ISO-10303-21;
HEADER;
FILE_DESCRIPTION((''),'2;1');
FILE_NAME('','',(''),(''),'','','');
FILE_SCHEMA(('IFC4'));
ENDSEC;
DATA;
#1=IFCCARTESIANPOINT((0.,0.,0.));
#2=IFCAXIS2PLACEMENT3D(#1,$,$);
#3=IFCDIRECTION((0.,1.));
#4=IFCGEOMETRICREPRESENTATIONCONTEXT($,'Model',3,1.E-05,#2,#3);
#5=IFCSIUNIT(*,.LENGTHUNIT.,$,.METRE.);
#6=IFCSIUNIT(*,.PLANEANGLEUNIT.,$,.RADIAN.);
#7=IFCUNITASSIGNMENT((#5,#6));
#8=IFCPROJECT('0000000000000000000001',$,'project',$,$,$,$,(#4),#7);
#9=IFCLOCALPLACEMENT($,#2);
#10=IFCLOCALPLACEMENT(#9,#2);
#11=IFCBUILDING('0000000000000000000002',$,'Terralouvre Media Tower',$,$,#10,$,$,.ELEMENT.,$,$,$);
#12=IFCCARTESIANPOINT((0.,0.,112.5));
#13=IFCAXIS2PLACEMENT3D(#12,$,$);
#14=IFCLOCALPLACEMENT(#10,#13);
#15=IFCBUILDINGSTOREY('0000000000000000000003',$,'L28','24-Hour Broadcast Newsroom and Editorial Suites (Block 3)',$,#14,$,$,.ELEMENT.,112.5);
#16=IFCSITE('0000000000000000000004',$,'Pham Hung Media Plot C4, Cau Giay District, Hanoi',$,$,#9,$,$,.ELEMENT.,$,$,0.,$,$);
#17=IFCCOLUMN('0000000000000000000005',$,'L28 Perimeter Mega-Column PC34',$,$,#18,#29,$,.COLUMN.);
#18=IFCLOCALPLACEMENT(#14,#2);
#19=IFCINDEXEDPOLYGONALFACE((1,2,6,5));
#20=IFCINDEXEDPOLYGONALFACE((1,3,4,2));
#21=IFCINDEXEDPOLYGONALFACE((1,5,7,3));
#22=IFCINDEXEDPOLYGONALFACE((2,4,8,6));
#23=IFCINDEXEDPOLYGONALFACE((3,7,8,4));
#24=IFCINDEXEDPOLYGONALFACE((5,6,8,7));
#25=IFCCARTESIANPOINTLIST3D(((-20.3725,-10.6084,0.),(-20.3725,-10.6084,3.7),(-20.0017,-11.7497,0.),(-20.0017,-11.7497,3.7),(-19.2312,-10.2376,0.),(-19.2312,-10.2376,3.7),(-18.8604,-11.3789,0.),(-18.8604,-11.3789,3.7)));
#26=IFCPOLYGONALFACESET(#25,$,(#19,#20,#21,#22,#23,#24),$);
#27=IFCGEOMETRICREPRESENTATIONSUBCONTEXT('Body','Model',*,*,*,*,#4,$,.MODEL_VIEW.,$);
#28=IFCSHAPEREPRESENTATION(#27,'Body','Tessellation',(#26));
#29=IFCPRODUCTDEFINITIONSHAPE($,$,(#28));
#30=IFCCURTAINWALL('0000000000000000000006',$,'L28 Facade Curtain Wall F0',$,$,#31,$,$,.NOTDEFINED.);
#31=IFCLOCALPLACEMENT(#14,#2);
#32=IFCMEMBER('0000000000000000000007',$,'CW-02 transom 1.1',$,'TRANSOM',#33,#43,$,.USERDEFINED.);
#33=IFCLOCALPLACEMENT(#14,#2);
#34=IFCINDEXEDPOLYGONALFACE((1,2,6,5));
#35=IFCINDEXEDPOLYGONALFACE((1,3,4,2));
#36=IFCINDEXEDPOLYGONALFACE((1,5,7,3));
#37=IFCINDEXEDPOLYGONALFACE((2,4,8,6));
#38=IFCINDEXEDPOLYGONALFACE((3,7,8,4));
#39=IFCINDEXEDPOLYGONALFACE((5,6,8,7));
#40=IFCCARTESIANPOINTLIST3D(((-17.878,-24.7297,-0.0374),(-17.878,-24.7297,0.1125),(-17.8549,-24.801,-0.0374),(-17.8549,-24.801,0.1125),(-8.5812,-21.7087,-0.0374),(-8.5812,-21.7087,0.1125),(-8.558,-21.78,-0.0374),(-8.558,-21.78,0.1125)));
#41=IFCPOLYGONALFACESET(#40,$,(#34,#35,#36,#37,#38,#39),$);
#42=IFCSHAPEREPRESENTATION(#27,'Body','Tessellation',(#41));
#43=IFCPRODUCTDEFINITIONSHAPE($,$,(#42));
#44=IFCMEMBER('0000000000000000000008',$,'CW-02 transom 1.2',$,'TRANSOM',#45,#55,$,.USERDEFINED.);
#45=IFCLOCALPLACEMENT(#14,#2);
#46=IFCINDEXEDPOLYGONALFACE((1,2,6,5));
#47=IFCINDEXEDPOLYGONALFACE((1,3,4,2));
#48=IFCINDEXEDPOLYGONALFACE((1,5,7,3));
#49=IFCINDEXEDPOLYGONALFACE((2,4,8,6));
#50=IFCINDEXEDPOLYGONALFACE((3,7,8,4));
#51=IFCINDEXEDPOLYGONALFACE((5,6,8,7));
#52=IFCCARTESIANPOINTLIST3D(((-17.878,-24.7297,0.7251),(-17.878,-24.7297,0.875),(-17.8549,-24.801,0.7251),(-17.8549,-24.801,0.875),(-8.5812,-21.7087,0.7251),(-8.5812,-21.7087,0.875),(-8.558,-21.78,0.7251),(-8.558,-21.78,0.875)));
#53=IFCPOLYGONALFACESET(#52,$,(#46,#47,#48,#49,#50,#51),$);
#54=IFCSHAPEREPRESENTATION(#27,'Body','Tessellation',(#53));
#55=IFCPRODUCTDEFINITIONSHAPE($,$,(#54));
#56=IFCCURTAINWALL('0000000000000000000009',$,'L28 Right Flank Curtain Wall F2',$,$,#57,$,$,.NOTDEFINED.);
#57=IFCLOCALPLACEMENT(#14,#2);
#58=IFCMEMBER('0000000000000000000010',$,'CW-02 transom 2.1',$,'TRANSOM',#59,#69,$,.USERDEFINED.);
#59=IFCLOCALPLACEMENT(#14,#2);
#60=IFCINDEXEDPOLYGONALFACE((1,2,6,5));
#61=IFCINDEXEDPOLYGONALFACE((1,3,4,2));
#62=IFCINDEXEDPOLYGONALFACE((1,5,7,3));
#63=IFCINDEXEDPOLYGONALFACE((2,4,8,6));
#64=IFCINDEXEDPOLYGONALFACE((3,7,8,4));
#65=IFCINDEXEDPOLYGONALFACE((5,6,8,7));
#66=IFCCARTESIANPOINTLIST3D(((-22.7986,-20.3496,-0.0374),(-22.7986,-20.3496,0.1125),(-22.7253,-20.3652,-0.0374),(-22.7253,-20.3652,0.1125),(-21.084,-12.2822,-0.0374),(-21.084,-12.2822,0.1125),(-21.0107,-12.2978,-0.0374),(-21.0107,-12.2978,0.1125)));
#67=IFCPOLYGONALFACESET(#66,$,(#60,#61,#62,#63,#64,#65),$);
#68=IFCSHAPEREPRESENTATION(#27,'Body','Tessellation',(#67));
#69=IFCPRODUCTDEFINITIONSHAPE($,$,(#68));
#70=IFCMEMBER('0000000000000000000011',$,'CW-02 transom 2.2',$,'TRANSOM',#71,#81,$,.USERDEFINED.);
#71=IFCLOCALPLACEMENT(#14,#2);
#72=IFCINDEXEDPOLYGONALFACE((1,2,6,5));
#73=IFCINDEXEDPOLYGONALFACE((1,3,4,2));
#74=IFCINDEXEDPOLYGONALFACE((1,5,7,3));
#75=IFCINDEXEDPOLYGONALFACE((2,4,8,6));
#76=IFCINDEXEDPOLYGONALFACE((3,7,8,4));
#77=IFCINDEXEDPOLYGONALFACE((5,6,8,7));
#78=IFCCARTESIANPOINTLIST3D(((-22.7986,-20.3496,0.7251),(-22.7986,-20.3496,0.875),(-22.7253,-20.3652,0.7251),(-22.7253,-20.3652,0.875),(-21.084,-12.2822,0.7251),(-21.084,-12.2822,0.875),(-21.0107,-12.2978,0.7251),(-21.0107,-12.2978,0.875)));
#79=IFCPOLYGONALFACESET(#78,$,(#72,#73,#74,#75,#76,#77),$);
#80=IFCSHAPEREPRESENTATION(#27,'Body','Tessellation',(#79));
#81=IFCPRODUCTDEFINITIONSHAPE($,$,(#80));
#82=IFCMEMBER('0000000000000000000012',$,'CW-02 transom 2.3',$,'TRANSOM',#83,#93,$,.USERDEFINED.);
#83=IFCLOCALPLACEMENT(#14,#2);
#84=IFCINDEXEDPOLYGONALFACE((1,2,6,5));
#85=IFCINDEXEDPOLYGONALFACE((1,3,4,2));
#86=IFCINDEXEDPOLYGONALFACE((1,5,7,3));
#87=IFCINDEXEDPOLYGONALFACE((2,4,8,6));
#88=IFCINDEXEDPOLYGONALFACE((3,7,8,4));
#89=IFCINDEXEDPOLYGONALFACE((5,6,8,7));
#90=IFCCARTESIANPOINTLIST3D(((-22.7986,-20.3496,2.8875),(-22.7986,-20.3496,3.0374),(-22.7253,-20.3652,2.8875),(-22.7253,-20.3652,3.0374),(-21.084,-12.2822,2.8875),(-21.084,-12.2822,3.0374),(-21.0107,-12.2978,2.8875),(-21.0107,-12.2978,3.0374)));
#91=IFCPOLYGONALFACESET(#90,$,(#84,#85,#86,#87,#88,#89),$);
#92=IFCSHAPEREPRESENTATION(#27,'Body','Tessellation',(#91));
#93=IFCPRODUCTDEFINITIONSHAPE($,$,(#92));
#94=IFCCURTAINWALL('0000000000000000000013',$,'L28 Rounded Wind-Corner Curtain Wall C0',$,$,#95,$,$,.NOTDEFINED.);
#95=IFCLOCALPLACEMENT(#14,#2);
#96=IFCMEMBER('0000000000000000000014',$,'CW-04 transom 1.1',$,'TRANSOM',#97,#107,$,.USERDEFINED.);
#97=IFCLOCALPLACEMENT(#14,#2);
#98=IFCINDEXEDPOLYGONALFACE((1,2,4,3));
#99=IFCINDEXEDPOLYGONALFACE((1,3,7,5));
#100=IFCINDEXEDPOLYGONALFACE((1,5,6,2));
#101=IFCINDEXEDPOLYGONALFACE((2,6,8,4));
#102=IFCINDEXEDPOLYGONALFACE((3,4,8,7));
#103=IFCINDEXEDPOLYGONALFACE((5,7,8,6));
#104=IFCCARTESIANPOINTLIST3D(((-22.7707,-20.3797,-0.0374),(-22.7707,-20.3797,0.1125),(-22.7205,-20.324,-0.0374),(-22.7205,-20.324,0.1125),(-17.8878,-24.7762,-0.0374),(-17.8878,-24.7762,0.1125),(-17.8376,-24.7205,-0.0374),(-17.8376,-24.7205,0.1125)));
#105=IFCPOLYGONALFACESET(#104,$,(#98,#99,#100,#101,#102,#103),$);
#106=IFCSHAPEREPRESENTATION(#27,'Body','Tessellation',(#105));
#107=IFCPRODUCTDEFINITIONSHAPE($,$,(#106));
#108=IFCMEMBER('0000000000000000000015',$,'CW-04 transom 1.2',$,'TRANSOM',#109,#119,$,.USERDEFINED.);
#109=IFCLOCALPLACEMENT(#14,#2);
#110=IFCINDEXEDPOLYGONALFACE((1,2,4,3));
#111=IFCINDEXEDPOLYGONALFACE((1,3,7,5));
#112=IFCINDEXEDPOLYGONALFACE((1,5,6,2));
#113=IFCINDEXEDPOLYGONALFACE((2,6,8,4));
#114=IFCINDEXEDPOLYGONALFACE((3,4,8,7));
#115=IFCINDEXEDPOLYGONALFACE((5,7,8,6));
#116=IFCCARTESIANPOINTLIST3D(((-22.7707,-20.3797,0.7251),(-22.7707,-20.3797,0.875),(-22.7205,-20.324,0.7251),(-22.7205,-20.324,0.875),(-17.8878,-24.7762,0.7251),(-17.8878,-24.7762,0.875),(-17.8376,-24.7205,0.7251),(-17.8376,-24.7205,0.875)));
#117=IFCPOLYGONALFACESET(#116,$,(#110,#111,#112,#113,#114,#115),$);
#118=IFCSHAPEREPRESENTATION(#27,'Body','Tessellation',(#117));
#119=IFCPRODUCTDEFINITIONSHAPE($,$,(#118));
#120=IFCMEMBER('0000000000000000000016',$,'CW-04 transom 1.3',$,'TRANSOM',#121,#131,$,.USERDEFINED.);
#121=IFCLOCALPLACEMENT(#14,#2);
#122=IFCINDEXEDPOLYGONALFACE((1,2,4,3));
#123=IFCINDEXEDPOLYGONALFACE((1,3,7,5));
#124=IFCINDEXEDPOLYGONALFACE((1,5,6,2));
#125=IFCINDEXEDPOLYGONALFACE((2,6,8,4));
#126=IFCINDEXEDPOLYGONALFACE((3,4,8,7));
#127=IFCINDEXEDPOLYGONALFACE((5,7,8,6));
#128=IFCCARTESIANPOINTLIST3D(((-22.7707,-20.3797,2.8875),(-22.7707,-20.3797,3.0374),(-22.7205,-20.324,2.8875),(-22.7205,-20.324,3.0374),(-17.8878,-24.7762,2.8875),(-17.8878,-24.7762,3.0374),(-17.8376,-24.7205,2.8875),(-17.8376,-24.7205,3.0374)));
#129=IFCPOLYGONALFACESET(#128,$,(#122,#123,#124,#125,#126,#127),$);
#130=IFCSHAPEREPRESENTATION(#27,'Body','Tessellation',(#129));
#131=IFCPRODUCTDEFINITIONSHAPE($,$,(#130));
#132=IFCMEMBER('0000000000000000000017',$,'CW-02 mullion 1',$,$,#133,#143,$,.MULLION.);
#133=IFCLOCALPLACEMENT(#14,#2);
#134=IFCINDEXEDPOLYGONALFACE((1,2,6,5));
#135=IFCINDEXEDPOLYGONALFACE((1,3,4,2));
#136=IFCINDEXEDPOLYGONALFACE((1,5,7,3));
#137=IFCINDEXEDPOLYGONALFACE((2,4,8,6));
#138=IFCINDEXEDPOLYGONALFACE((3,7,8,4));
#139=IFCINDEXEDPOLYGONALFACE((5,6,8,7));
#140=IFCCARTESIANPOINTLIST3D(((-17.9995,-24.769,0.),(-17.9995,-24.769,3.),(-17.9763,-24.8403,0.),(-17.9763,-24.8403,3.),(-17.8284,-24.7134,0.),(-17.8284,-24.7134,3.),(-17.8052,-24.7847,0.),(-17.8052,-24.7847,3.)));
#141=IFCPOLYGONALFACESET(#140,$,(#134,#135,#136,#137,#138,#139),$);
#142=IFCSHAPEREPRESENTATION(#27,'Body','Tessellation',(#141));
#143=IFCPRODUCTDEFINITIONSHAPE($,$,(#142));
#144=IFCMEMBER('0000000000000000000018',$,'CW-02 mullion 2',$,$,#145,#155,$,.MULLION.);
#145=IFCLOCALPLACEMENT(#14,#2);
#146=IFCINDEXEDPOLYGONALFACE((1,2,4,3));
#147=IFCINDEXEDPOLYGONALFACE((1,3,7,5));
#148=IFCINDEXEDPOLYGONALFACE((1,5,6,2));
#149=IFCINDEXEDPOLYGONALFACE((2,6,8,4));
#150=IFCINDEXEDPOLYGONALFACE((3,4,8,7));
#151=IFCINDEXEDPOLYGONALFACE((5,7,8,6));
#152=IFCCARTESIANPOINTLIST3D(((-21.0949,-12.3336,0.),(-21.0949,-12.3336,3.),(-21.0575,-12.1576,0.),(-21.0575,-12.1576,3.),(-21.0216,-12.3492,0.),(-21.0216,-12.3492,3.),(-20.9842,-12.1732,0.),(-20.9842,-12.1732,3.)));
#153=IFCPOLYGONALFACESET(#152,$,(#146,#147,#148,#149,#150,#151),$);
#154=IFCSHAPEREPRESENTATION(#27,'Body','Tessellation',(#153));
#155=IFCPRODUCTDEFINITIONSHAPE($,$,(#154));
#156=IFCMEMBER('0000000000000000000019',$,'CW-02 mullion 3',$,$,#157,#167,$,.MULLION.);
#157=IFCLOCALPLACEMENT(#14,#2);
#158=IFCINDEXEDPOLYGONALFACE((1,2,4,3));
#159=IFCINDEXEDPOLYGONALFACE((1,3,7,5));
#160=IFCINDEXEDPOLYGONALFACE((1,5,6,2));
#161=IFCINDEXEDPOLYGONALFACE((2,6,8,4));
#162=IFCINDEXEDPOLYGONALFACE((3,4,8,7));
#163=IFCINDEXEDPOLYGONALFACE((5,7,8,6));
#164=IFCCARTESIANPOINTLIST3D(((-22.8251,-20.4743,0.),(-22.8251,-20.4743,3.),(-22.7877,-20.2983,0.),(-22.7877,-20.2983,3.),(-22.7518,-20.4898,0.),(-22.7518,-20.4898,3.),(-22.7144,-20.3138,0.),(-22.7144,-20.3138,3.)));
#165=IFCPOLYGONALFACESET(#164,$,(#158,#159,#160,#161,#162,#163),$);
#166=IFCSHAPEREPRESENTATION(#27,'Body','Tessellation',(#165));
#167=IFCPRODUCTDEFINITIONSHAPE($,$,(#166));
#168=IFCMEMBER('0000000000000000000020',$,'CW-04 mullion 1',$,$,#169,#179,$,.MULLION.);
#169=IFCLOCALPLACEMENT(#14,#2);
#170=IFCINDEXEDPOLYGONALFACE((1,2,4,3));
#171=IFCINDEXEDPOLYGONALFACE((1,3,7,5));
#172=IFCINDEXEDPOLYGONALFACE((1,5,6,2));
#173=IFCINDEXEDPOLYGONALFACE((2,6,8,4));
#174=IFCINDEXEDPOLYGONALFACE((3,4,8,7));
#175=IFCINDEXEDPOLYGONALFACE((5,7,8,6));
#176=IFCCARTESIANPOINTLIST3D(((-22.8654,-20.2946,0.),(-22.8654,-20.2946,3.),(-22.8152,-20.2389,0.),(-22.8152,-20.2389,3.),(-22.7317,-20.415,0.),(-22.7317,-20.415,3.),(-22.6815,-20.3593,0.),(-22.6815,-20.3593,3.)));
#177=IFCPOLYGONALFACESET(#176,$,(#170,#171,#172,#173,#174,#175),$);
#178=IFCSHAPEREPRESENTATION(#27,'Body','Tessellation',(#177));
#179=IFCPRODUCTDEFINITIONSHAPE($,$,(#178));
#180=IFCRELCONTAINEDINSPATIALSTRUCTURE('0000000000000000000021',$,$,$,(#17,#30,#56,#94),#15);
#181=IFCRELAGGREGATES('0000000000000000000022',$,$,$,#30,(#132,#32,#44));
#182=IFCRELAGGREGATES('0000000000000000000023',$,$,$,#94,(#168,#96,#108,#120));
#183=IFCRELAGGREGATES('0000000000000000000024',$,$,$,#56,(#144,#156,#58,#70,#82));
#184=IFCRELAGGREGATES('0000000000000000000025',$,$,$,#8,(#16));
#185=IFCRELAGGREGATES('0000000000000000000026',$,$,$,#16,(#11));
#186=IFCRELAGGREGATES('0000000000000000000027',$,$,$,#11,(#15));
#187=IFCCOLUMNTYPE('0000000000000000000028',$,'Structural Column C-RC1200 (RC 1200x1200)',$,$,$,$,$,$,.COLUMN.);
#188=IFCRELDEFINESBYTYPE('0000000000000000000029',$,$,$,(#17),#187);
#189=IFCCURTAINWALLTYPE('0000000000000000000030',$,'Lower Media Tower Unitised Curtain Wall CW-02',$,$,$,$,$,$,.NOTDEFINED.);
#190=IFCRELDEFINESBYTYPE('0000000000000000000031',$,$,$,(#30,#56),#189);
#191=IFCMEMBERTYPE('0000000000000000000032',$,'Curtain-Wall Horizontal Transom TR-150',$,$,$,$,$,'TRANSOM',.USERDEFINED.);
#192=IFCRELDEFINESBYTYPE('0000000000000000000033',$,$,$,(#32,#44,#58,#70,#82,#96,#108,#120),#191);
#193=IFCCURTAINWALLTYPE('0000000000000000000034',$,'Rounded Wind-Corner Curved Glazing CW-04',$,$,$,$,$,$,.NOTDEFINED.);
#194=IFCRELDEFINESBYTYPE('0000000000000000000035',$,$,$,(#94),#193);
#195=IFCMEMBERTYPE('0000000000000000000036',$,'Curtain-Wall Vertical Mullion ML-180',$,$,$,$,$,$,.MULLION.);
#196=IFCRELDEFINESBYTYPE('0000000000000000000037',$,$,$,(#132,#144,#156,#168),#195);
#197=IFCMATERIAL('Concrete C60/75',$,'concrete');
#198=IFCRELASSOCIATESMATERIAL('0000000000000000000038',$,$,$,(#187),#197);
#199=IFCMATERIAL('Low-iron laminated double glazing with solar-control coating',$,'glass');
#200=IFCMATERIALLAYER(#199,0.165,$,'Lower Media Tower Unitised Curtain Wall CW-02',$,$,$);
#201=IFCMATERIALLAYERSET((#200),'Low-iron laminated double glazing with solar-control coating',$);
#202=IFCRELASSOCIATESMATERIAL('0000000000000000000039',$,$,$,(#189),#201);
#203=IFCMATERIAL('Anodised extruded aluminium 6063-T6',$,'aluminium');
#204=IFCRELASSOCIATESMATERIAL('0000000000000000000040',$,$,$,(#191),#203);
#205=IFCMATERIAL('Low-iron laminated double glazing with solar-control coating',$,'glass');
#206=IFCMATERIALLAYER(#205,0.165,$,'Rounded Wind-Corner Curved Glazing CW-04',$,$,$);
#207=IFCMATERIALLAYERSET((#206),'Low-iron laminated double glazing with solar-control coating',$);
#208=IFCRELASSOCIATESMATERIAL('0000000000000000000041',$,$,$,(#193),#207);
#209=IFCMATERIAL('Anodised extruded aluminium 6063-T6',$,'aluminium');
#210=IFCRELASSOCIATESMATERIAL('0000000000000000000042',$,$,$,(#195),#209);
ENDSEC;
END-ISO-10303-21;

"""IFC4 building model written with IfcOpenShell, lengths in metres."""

from ifc_helpers import new_model, si_unit, direction, frame, origin, origin_2d, place, context, subcontext, project, spatial, rectangle, extrude, material, layer, layer_set, material_profile, profile_set, type_object, element, aggregate, save


model = new_model("IFC4")

# Units and contexts
model_context = context("Model", 3, precision=1e-05, world=origin(), true_north=direction((0.0, 1.0)))
body_context = subcontext(model_context, "Body", "Model", "MODEL_VIEW")
ifc_project = project(units=[si_unit("LENGTHUNIT", "METRE"), si_unit("PLANEANGLEUNIT", "RADIAN")], contexts=[model_context])

# Site, building, storey
site_placement = place(None, origin())
site = spatial("IfcSite", under=ifc_project, at=site_placement, Name="Pham Hung Media Plot C4, Cau Giay District, Hanoi", CompositionType="ELEMENT", RefElevation=0.0)
building_placement = place(site_placement, origin())
building = spatial("IfcBuilding", under=site, at=building_placement, Name="Terralouvre Media Tower", CompositionType="ELEMENT")
storey_placement = place(building_placement, frame((0.0, 0.0, 112.5)))
storey = spatial("IfcBuildingStorey", under=building, at=storey_placement, Name="L28", Description="24-Hour Broadcast Newsroom and Editorial Suites (Block 3)", CompositionType="ELEMENT", Elevation=112.5)

# Column
ifc_material_1 = material(Name="Concrete C60/75", Category="concrete")
ifc_material_profile_1 = material_profile(ifc_material_1, rectangle(XDim=1.2, YDim=1.2, at=origin_2d()), Name="RC 1200x1200")
ifc_profile_set_1 = profile_set([ifc_material_profile_1], Name="Concrete C60/75")
column_type = type_object("IfcColumnType", Name="Structural Column C-RC1200 (RC 1200x1200)", PredefinedType="COLUMN", material=ifc_profile_set_1)
column_placement = place(storey_placement, frame((-19.6165, -10.9937, 0.0), z_axis=(0.0, 0.0, 1.0), x_axis=(0.951057, 0.309017, 0.0)))
element("IfcColumn", 1, at=column_placement, inside=storey, type_object=column_type, Name="L28 Perimeter Mega-Column PC34", PredefinedType="COLUMN", context=body_context, shape_type="SweptSolid", body=[
    extrude(rectangle(XDim=1.2, YDim=1.2, at=origin_2d()), origin(), (0.0, 0.0, 1.0), 3.7),
])

# Curtain walls, members
ifc_material_2 = material(Name="Low-iron laminated double glazing with solar-control coating", Category="glass")
ifc_layer_1 = layer(ifc_material_2, 0.165, Name="Lower Media Tower Unitised Curtain Wall CW-02")
ifc_layer_set_1 = layer_set([ifc_layer_1], Name="Low-iron laminated double glazing with solar-control coating")
curtain_wall_type_1 = type_object("IfcCurtainWallType", Name="Lower Media Tower Unitised Curtain Wall CW-02", PredefinedType="NOTDEFINED", material=ifc_layer_set_1)
curtain_wall_1_placement = place(storey_placement, origin())
curtain_wall_1 = element("IfcCurtainWall", 2, at=curtain_wall_1_placement, inside=storey, type_object=curtain_wall_type_1, Name="L28 Facade Curtain Wall F0", PredefinedType="NOTDEFINED")
ifc_material_3 = material(Name="Anodised extruded aluminium 6063-T6", Category="aluminium")
ifc_material_profile_2 = material_profile(ifc_material_3, rectangle(XDim=0.075, YDim=0.1499, at=origin_2d()), Name="ALU 75x150")
ifc_profile_set_2 = profile_set([ifc_material_profile_2], Name="Anodised extruded aluminium 6063-T6")
member_type_1 = type_object("IfcMemberType", Name="Curtain-Wall Horizontal Transom TR-150", ElementType="TRANSOM", PredefinedType="USERDEFINED", material=ifc_profile_set_2)
member_1_placement = place(storey_placement, frame((-17.8665, -24.7654, 0.0376), z_axis=(0.951049, 0.309041, 0.0), x_axis=(-0.309041, 0.951049, 0.0)))
member_1 = element("IfcMember", 3, at=member_1_placement, type_object=member_type_1, Name="CW-02 transom 1.1", ObjectType="TRANSOM", PredefinedType="USERDEFINED", context=body_context, shape_type="SweptSolid", body=[
    extrude(rectangle(XDim=0.075, YDim=0.1499, at=origin_2d()), origin(), (0.0, 0.0, 1.0), 9.7754),
])
member_2_placement = place(storey_placement, frame((-17.8665, -24.7654, 0.8), z_axis=(0.951049, 0.309041, 0.0), x_axis=(-0.309041, 0.951049, 0.0)))
member_2 = element("IfcMember", 4, at=member_2_placement, type_object=member_type_1, Name="CW-02 transom 1.2", ObjectType="TRANSOM", PredefinedType="USERDEFINED", context=body_context, shape_type="SweptSolid", body=[
    extrude(rectangle(XDim=0.075, YDim=0.1499, at=origin_2d()), origin(), (0.0, 0.0, 1.0), 9.7754),
])
curtain_wall_2_placement = place(storey_placement, origin())
curtain_wall_2 = element("IfcCurtainWall", 5, at=curtain_wall_2_placement, inside=storey, type_object=curtain_wall_type_1, Name="L28 Right Flank Curtain Wall F2", PredefinedType="NOTDEFINED")
member_3_placement = place(storey_placement, frame((-21.0474, -12.29, 0.0376), z_axis=(-0.207891, -0.978152, 0.0), x_axis=(0.978152, -0.207891, 0.0)))
member_3 = element("IfcMember", 6, at=member_3_placement, type_object=member_type_1, Name="CW-02 transom 2.1", ObjectType="TRANSOM", PredefinedType="USERDEFINED", context=body_context, shape_type="SweptSolid", body=[
    extrude(rectangle(XDim=0.075, YDim=0.1499, at=origin_2d()), origin(), (0.0, 0.0, 1.0), 8.2476),
])
member_4_placement = place(storey_placement, frame((-21.0474, -12.29, 0.8), z_axis=(-0.207891, -0.978152, 0.0), x_axis=(0.978152, -0.207891, 0.0)))
member_4 = element("IfcMember", 7, at=member_4_placement, type_object=member_type_1, Name="CW-02 transom 2.2", ObjectType="TRANSOM", PredefinedType="USERDEFINED", context=body_context, shape_type="SweptSolid", body=[
    extrude(rectangle(XDim=0.075, YDim=0.1499, at=origin_2d()), origin(), (0.0, 0.0, 1.0), 8.2476),
])
member_5_placement = place(storey_placement, frame((-21.0474, -12.29, 2.9624), z_axis=(-0.207891, -0.978152, 0.0), x_axis=(0.978152, -0.207891, 0.0)))
member_5 = element("IfcMember", 8, at=member_5_placement, type_object=member_type_1, Name="CW-02 transom 2.3", ObjectType="TRANSOM", PredefinedType="USERDEFINED", context=body_context, shape_type="SweptSolid", body=[
    extrude(rectangle(XDim=0.075, YDim=0.1499, at=origin_2d()), origin(), (0.0, 0.0, 1.0), 8.2476),
])
ifc_material_4 = material(Name="Low-iron laminated double glazing with solar-control coating", Category="glass")
ifc_layer_2 = layer(ifc_material_4, 0.165, Name="Rounded Wind-Corner Curved Glazing CW-04")
ifc_layer_set_2 = layer_set([ifc_layer_2], Name="Low-iron laminated double glazing with solar-control coating")
curtain_wall_type_2 = type_object("IfcCurtainWallType", Name="Rounded Wind-Corner Curved Glazing CW-04", PredefinedType="NOTDEFINED", material=ifc_layer_set_2)
curtain_wall_3_placement = place(storey_placement, origin())
curtain_wall_3 = element("IfcCurtainWall", 9, at=curtain_wall_3_placement, inside=storey, type_object=curtain_wall_type_2, Name="L28 Rounded Wind-Corner Curtain Wall C0", PredefinedType="NOTDEFINED")
member_6_placement = place(storey_placement, frame((-22.7456, -20.3518, 0.0376), z_axis=(0.743146, -0.669129, 0.0), x_axis=(0.669129, 0.743146, 0.0)))
member_6 = element("IfcMember", 10, at=member_6_placement, type_object=member_type_1, Name="CW-04 transom 1.1", ObjectType="TRANSOM", PredefinedType="USERDEFINED", context=body_context, shape_type="SweptSolid", body=[
    extrude(rectangle(XDim=0.075, YDim=0.1499, at=origin_2d()), origin(), (0.0, 0.0, 1.0), 6.5706),
])
member_7_placement = place(storey_placement, frame((-22.7456, -20.3518, 0.8), z_axis=(0.743146, -0.669129, 0.0), x_axis=(0.669129, 0.743146, 0.0)))
member_7 = element("IfcMember", 11, at=member_7_placement, type_object=member_type_1, Name="CW-04 transom 1.2", ObjectType="TRANSOM", PredefinedType="USERDEFINED", context=body_context, shape_type="SweptSolid", body=[
    extrude(rectangle(XDim=0.075, YDim=0.1499, at=origin_2d()), origin(), (0.0, 0.0, 1.0), 6.5706),
])
member_8_placement = place(storey_placement, frame((-22.7456, -20.3518, 2.9624), z_axis=(0.743146, -0.669129, 0.0), x_axis=(0.669129, 0.743146, 0.0)))
member_8 = element("IfcMember", 12, at=member_8_placement, type_object=member_type_1, Name="CW-04 transom 1.3", ObjectType="TRANSOM", PredefinedType="USERDEFINED", context=body_context, shape_type="SweptSolid", body=[
    extrude(rectangle(XDim=0.075, YDim=0.1499, at=origin_2d()), origin(), (0.0, 0.0, 1.0), 6.5706),
])

# Members
ifc_material_5 = material(Name="Anodised extruded aluminium 6063-T6", Category="aluminium")
ifc_material_profile_3 = material_profile(ifc_material_5, rectangle(XDim=0.075, YDim=0.1799, at=origin_2d()), Name="ALU 75x180")
ifc_profile_set_3 = profile_set([ifc_material_profile_3], Name="Anodised extruded aluminium 6063-T6")
member_type_2 = type_object("IfcMemberType", Name="Curtain-Wall Vertical Mullion ML-180", PredefinedType="MULLION", material=ifc_profile_set_3)
member_9_placement = place(storey_placement, frame((-17.9023, -24.7769, 0.0), z_axis=(0.0, 0.0, 1.0), x_axis=(-0.309017, 0.951057, 0.0)))
member_9 = element("IfcMember", 13, at=member_9_placement, type_object=member_type_2, Name="CW-02 mullion 1", PredefinedType="MULLION", context=body_context, shape_type="SweptSolid", body=[
    extrude(rectangle(XDim=0.075, YDim=0.1799, at=origin_2d()), origin(), (0.0, 0.0, 1.0), 3.0),
])
aggregate(curtain_wall_1, [member_9, member_1, member_2])
member_10_placement = place(storey_placement, frame((-21.0396, -12.2534, 0.0), z_axis=(0.0, 0.0, 1.0), x_axis=(0.978148, -0.207911, 0.0)))
member_10 = element("IfcMember", 14, at=member_10_placement, type_object=member_type_2, Name="CW-02 mullion 2", PredefinedType="MULLION", context=body_context, shape_type="SweptSolid", body=[
    extrude(rectangle(XDim=0.075, YDim=0.1799, at=origin_2d()), origin(), (0.0, 0.0, 1.0), 3.0),
])
member_11_placement = place(storey_placement, frame((-22.7698, -20.394, 0.0), z_axis=(0.0, 0.0, 1.0), x_axis=(0.978148, -0.207911, 0.0)))
member_11 = element("IfcMember", 15, at=member_11_placement, type_object=member_type_2, Name="CW-02 mullion 3", PredefinedType="MULLION", context=body_context, shape_type="SweptSolid", body=[
    extrude(rectangle(XDim=0.075, YDim=0.1799, at=origin_2d()), origin(), (0.0, 0.0, 1.0), 3.0),
])
member_12_placement = place(storey_placement, frame((-22.7734, -20.3269, 0.0), z_axis=(0.0, 0.0, 1.0), x_axis=(0.669131, 0.743145, 0.0)))
member_12 = element("IfcMember", 16, at=member_12_placement, type_object=member_type_2, Name="CW-04 mullion 1", PredefinedType="MULLION", context=body_context, shape_type="SweptSolid", body=[
    extrude(rectangle(XDim=0.075, YDim=0.1799, at=origin_2d()), origin(), (0.0, 0.0, 1.0), 3.0),
])

aggregate(curtain_wall_3, [member_12, member_6, member_7, member_8])
aggregate(curtain_wall_2, [member_10, member_11, member_3, member_4, member_5])

save(model, "model.ifc")
